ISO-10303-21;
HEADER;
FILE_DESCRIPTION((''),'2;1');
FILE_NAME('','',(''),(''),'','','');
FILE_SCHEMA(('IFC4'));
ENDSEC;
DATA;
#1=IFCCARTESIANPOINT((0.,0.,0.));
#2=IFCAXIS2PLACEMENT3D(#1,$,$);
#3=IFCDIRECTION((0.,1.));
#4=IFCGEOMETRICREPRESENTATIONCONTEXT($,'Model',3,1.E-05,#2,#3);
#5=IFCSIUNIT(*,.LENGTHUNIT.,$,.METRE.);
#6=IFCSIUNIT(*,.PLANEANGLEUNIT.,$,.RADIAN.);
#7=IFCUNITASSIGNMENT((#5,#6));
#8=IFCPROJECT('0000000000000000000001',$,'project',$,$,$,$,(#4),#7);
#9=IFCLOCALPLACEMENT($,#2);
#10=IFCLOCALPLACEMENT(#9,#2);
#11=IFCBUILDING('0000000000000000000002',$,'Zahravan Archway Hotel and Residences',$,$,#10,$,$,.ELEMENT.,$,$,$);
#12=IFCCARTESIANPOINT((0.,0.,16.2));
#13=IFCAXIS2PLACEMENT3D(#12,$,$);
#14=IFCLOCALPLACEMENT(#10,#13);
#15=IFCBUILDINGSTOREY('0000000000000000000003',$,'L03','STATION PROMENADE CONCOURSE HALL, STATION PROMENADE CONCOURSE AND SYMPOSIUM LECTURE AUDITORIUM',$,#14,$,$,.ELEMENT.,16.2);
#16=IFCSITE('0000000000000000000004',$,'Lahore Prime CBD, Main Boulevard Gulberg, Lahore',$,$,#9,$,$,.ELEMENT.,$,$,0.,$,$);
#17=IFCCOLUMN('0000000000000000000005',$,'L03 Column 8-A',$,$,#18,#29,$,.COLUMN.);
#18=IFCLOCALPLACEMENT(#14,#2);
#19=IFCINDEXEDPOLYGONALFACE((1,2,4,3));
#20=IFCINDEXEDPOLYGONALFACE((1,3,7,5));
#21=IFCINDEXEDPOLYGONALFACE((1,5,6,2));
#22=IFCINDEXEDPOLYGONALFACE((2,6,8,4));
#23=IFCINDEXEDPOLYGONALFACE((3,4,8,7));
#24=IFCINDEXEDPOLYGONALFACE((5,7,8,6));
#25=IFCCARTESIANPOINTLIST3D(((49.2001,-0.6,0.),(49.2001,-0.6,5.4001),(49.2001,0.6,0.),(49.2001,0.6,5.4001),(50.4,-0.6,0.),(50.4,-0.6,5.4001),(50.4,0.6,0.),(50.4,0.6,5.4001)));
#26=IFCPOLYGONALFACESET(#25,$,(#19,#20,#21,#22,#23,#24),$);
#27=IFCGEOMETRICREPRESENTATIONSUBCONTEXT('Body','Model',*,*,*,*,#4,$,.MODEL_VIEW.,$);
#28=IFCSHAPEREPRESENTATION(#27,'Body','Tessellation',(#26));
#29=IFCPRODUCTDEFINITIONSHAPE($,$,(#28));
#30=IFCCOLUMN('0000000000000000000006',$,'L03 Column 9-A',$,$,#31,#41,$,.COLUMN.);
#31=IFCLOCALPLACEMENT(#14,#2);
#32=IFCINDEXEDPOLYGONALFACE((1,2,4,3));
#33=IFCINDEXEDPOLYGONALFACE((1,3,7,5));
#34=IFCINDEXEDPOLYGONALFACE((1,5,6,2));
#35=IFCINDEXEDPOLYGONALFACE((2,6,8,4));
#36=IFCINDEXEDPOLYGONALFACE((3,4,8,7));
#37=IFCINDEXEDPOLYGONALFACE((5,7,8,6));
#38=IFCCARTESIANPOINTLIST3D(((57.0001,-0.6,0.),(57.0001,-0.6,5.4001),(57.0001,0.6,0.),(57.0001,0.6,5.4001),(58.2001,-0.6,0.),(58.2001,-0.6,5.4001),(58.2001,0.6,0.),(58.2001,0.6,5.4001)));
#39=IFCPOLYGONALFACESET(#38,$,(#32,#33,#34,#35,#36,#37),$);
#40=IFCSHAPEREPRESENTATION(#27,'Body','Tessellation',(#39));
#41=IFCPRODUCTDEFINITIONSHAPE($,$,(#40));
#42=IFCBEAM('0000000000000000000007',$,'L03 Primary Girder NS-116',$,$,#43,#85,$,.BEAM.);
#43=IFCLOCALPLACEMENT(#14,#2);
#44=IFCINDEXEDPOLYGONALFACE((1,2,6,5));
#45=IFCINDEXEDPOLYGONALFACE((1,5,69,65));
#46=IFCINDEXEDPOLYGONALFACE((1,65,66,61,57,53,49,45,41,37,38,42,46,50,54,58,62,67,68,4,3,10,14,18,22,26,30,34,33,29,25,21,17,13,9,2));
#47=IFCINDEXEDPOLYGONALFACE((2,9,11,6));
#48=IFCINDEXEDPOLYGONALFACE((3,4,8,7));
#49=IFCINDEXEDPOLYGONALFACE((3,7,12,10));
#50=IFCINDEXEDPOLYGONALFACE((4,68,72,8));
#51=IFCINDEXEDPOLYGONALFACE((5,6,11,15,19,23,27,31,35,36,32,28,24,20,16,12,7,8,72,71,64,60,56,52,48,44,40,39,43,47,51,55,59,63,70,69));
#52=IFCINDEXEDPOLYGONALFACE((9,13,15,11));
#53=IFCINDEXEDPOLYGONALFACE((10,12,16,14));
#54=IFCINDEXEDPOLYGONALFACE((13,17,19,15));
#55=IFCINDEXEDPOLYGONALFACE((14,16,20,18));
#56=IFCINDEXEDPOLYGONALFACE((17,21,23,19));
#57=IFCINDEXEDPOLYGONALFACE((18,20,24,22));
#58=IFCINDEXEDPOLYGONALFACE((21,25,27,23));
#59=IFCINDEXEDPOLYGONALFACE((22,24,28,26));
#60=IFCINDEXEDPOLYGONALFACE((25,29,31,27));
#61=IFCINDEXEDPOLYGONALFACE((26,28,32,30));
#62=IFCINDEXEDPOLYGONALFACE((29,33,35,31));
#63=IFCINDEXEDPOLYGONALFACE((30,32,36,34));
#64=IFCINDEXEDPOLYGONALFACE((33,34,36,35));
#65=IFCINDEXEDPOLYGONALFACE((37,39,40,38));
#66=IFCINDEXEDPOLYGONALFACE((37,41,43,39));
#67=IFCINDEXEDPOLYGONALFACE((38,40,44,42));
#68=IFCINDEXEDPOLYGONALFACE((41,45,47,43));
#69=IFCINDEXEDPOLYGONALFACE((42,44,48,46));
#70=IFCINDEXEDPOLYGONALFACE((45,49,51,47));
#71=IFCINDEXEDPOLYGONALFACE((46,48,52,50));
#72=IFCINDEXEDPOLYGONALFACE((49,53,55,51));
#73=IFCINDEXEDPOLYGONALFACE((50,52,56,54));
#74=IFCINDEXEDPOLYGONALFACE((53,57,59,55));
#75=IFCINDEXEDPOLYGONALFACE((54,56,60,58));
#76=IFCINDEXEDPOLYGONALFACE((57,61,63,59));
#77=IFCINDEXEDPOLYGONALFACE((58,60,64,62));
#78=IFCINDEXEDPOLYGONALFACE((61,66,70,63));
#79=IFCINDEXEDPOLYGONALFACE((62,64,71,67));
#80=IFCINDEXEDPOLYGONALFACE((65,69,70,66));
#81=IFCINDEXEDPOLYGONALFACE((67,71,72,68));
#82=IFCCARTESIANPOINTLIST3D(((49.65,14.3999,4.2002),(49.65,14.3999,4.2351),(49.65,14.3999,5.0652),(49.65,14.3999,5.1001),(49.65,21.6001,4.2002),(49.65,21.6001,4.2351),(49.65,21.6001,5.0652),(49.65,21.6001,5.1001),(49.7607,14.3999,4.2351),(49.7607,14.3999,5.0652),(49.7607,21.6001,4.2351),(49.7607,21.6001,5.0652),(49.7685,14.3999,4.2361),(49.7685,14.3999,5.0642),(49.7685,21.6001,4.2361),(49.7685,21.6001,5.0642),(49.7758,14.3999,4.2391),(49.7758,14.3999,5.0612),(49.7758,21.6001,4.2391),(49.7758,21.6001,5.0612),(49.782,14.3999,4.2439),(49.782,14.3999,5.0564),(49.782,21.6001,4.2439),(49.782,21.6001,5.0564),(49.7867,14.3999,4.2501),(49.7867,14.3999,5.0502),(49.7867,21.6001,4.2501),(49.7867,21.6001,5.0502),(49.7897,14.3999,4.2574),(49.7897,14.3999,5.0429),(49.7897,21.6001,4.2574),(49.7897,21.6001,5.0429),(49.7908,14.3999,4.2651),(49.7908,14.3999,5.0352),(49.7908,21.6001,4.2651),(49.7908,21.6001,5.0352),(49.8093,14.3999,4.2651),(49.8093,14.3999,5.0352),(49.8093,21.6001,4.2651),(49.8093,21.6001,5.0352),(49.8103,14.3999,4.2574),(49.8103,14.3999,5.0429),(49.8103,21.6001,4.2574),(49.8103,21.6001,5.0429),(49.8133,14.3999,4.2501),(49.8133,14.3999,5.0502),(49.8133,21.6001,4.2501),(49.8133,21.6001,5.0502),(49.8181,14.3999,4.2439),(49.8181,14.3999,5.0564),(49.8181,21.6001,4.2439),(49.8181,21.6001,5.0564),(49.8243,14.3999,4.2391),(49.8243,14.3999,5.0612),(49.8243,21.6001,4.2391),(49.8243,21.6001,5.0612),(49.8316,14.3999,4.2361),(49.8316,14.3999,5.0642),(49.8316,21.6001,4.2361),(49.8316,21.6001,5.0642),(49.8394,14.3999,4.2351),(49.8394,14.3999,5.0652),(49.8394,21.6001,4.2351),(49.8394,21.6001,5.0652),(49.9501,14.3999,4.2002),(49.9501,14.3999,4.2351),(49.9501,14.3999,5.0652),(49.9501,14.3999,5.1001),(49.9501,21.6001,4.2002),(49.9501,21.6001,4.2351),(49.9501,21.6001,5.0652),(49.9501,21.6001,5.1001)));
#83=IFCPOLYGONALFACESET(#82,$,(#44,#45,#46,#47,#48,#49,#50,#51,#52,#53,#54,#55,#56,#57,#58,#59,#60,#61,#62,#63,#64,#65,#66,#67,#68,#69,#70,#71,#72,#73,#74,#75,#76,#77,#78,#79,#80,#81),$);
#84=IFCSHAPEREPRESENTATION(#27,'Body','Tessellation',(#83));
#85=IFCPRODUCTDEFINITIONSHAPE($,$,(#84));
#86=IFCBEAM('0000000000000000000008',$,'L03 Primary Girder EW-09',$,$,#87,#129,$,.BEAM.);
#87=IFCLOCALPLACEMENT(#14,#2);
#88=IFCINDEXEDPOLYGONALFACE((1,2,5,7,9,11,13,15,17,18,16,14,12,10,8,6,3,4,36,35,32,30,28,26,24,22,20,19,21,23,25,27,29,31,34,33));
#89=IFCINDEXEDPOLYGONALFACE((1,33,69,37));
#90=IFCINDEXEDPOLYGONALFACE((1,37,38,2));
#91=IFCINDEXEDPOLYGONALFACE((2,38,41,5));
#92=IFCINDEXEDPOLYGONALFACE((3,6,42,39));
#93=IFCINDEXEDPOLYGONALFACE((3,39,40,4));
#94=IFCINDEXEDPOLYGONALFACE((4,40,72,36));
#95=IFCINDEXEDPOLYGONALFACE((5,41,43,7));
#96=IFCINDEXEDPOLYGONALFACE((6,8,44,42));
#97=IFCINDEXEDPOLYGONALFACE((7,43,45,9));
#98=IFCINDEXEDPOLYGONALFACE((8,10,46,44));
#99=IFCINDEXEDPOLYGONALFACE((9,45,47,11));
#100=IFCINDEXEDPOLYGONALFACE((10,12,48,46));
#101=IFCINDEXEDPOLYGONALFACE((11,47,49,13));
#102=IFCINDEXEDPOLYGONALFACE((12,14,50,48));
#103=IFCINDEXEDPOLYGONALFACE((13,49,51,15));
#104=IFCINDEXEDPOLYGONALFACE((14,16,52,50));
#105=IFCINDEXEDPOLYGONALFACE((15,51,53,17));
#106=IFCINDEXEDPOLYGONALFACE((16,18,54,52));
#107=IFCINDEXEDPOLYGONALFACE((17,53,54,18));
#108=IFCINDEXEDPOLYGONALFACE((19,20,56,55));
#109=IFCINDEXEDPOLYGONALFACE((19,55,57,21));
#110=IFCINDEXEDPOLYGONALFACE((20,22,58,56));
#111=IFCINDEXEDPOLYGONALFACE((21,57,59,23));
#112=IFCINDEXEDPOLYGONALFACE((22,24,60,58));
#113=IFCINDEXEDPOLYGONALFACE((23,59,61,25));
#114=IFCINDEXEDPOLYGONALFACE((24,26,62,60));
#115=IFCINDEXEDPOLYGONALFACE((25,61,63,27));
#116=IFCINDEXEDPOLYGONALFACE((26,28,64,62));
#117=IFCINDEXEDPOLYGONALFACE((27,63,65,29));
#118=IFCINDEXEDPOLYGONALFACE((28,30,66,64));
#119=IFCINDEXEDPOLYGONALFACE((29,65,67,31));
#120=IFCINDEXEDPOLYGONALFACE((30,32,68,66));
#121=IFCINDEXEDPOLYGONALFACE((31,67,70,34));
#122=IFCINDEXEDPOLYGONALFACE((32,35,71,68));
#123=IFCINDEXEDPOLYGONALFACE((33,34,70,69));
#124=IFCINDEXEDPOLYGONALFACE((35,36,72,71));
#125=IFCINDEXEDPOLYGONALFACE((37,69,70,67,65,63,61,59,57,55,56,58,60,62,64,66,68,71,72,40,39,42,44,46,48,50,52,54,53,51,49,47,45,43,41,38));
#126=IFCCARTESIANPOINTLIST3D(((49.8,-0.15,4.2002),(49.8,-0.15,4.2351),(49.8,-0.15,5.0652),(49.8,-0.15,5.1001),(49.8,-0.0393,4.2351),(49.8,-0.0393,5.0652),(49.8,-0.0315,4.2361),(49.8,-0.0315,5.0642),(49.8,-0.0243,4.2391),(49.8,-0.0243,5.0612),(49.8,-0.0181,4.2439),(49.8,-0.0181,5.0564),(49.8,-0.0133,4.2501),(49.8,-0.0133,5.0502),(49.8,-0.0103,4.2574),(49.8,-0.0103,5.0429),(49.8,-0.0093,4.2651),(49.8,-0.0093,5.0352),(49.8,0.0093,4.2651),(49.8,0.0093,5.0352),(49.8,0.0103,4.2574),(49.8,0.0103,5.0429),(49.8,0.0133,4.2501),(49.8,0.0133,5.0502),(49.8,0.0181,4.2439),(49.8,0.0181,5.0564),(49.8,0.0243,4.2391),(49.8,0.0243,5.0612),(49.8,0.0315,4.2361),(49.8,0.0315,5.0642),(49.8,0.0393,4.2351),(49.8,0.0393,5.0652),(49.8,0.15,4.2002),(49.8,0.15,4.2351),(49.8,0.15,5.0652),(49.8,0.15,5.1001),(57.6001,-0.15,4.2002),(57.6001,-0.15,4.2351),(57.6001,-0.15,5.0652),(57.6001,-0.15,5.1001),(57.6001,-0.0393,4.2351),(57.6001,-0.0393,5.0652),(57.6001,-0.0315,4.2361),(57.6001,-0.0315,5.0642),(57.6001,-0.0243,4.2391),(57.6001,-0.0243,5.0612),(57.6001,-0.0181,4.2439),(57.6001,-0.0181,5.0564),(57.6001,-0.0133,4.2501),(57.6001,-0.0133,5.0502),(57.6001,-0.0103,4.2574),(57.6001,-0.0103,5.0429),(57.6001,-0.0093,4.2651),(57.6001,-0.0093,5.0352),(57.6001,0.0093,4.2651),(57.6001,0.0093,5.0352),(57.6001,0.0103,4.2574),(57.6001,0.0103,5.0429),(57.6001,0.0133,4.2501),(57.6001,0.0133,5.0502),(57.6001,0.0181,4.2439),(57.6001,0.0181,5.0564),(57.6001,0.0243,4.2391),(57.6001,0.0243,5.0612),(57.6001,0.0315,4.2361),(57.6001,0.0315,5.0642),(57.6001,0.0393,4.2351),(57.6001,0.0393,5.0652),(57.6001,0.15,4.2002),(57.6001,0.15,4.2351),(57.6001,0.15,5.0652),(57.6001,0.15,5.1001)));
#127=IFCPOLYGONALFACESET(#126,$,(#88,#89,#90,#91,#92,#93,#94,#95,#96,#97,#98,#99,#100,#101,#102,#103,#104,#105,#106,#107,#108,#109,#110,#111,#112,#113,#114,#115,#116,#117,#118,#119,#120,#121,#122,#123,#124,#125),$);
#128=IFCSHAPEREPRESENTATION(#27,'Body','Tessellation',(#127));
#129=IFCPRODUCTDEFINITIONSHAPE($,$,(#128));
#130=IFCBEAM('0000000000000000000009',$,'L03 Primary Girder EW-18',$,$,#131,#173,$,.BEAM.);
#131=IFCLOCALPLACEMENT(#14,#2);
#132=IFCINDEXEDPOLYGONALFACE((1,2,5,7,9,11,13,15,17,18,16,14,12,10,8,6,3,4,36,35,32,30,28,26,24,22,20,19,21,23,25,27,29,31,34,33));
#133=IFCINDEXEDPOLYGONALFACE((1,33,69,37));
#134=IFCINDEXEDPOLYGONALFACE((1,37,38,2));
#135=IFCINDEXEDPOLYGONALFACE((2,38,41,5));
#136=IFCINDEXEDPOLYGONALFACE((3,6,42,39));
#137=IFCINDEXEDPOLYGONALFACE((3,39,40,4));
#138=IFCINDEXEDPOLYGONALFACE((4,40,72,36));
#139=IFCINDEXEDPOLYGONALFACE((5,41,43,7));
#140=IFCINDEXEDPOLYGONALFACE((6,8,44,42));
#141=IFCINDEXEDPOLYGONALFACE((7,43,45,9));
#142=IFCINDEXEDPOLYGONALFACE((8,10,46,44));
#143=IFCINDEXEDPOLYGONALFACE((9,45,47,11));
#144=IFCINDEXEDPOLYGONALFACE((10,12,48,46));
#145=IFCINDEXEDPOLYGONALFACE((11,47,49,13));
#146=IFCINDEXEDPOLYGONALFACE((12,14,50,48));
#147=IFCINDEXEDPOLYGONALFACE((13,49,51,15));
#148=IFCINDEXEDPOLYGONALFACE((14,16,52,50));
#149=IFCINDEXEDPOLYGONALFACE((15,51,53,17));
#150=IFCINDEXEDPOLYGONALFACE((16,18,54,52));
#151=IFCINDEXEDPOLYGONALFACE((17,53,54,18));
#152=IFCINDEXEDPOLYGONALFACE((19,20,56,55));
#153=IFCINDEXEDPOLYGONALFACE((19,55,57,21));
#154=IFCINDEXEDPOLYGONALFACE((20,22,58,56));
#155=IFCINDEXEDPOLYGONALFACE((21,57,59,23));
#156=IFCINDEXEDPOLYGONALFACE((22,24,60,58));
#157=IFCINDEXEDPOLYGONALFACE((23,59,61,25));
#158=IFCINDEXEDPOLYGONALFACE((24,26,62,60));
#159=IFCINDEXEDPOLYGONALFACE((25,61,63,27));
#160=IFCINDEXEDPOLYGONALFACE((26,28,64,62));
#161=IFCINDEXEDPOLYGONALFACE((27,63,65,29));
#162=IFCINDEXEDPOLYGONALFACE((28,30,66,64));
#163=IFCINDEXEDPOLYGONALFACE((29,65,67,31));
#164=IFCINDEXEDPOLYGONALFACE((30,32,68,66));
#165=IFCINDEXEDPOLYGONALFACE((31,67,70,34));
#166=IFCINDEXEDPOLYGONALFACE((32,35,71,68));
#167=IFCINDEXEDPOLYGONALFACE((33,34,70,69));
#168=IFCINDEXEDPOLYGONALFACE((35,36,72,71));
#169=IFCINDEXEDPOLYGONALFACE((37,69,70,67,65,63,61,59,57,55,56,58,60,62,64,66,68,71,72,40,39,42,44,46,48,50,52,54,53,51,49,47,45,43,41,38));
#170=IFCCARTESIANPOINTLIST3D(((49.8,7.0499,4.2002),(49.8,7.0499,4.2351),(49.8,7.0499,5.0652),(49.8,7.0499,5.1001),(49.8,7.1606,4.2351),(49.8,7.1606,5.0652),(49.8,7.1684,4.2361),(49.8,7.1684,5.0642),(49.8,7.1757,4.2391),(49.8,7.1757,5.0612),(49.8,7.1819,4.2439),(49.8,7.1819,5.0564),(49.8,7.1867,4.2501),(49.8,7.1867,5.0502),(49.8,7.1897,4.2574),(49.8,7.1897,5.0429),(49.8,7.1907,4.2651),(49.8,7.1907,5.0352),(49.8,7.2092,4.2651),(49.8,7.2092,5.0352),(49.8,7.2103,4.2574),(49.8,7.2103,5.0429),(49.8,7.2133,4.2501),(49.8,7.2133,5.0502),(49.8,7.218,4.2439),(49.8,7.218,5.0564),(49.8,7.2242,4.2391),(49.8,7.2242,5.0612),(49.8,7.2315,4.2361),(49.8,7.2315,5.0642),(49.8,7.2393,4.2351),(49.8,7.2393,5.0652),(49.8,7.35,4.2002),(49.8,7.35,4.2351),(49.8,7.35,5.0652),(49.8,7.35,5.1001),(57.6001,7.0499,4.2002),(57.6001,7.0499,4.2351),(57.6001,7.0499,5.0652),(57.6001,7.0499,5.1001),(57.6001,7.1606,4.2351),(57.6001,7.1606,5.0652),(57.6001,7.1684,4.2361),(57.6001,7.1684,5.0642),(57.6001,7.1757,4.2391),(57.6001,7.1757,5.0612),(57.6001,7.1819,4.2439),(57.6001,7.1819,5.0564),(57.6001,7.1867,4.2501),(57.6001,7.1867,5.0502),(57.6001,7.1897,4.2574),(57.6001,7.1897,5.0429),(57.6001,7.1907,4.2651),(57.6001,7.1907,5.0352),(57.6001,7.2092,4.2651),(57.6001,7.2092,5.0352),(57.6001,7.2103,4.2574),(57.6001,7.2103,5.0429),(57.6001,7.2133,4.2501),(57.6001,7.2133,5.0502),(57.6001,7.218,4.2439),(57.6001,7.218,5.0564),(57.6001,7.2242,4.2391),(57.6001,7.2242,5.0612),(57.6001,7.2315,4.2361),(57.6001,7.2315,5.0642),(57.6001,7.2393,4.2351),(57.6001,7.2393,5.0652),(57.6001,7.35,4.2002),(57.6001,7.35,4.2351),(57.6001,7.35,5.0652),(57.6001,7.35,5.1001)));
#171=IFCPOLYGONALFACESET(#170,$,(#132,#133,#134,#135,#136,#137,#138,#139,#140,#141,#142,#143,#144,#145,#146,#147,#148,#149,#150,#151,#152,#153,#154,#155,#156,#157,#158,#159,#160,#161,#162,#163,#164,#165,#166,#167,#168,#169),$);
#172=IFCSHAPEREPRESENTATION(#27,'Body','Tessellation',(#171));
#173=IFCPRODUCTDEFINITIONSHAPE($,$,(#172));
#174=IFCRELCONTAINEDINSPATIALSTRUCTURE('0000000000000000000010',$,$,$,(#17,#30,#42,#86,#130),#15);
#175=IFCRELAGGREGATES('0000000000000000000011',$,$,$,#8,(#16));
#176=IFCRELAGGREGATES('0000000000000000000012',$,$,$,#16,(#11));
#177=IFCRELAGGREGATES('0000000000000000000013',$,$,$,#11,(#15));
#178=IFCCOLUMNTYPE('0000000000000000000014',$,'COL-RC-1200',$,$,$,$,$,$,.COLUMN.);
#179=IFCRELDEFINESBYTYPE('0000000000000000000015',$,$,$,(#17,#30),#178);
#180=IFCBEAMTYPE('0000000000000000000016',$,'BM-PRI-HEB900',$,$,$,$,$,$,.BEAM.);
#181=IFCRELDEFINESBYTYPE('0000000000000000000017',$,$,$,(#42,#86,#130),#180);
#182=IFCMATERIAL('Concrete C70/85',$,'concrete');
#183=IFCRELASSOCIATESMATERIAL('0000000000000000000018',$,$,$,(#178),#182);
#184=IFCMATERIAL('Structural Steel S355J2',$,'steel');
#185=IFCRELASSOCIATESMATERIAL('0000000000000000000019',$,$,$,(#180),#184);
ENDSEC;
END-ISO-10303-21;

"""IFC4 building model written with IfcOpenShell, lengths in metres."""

from ifc_helpers import new_model, si_unit, direction, frame, origin, origin_2d, place, context, subcontext, project, spatial, rectangle, i_section, extrude, source, transform, mapped, material, material_profile, profile_set, type_object, element, save


model = new_model("IFC4")

# Units and contexts
model_context = context("Model", 3, precision=1e-05, world=origin(), true_north=direction((0.0, 1.0)))
body_context = subcontext(model_context, "Body", "Model", "MODEL_VIEW")
ifc_project = project(units=[si_unit("LENGTHUNIT", "METRE"), si_unit("PLANEANGLEUNIT", "RADIAN")], contexts=[model_context])

# Site, building, storey
site_placement = place(None, origin())
site = spatial("IfcSite", under=ifc_project, at=site_placement, Name="Lahore Prime CBD, Main Boulevard Gulberg, Lahore", CompositionType="ELEMENT", RefElevation=0.0)
building_placement = place(site_placement, origin())
building = spatial("IfcBuilding", under=site, at=building_placement, Name="Zahravan Archway Hotel and Residences", CompositionType="ELEMENT")
storey_placement = place(building_placement, frame((0.0, 0.0, 16.2)))
storey = spatial("IfcBuildingStorey", under=building, at=storey_placement, Name="L03", Description="STATION PROMENADE CONCOURSE HALL, STATION PROMENADE CONCOURSE AND SYMPOSIUM LECTURE AUDITORIUM", CompositionType="ELEMENT", Elevation=16.2)

# Columns
ifc_material_1 = material(Name="Concrete C70/85", Category="concrete")
ifc_material_profile_1 = material_profile(ifc_material_1, rectangle(XDim=1.2, YDim=1.2, at=origin_2d()), Name="RC-COL-1200x1200", Category="concrete")
ifc_profile_set_1 = profile_set([ifc_material_profile_1], Name="Concrete C70/85")
column_type = type_object("IfcColumnType", Name="COL-RC-1200", PredefinedType="COLUMN", material=ifc_profile_set_1)
shared_shape_1 = source(origin(), body_context, "Body", "SweptSolid", [
    extrude(rectangle(XDim=1.2, YDim=1.2, at=origin_2d()), origin(), (0.0, 0.0, 1.0), 5.4001),
])
for number, where, z_axis, x_axis, name in (
    (1, (49.8, 0.0, 0.0), (0.0, 0.0, 1.0), (1.0, 0.0, 0.0), "L03 Column 8-A"),
    (2, (57.6001, 0.0, 0.0), (0.0, 0.0, 1.0), (1.0, 0.0, 0.0), "L03 Column 9-A"),
):
    element("IfcColumn", number, at=place(storey_placement, frame(where, z_axis=z_axis, x_axis=x_axis)), inside=storey, type_object=column_type, Name=name, PredefinedType="COLUMN", context=body_context, shape_type="MappedRepresentation", body=[
        mapped(shared_shape_1, transform((0.0, 0.0, 0.0), scale=1.0)),
    ])

# Beams
ifc_material_2 = material(Name="Structural Steel S355J2", Category="steel")
ifc_material_profile_2 = material_profile(ifc_material_2, i_section(OverallWidth=0.3, OverallDepth=0.8999, WebThickness=0.0186, FlangeThickness=0.0349, FilletRadius=0.03, at=origin_2d()), Name="HEB 900", Category="steel")
ifc_profile_set_2 = profile_set([ifc_material_profile_2], Name="Structural Steel S355J2")
beam_type_1 = type_object("IfcBeamType", Name="BM-PRI-HEB900", PredefinedType="BEAM", material=ifc_profile_set_2)
shared_shape_2 = source(origin(), body_context, "Body", "SweptSolid", [
    extrude(i_section(OverallWidth=0.3, OverallDepth=0.8999, WebThickness=0.0186, FlangeThickness=0.0349, FilletRadius=0.03, at=origin_2d()), origin(), (0.0, 0.0, 1.0), 7.2002),
])
beam_1_placement = place(storey_placement, frame((49.8, 14.3999, 4.6501), z_axis=(0.0, 1.0, 0.0), x_axis=(-1.0, 0.0, 0.0)))
element("IfcBeam", 3, at=beam_1_placement, inside=storey, type_object=beam_type_1, Name="L03 Primary Girder NS-116", PredefinedType="BEAM", context=body_context, shape_type="MappedRepresentation", body=[
    mapped(shared_shape_2, transform((0.0, 0.0, 0.0), scale=1.0)),
])
shared_shape_3 = source(origin(), body_context, "Body", "SweptSolid", [
    extrude(i_section(OverallWidth=0.3, OverallDepth=0.8999, WebThickness=0.0186, FlangeThickness=0.0349, FilletRadius=0.03, at=origin_2d()), origin(), (0.0, 0.0, 1.0), 7.8),
])
for number, where, z_axis, x_axis, name in (
    (4, (49.8, 0.0, 4.6501), (1.0, 0.0, 0.0), (0.0, 1.0, 0.0), "L03 Primary Girder EW-09"),
    (5, (49.8, 7.2, 4.6501), (1.0, 0.0, 0.0), (0.0, 1.0, 0.0), "L03 Primary Girder EW-18"),
):
    element("IfcBeam", number, at=place(storey_placement, frame(where, z_axis=z_axis, x_axis=x_axis)), inside=storey, type_object=beam_type_1, Name=name, PredefinedType="BEAM", context=body_context, shape_type="MappedRepresentation", body=[
        mapped(shared_shape_3, transform((0.0, 0.0, 0.0), scale=1.0)),
    ])

save(model, "model.ifc")
